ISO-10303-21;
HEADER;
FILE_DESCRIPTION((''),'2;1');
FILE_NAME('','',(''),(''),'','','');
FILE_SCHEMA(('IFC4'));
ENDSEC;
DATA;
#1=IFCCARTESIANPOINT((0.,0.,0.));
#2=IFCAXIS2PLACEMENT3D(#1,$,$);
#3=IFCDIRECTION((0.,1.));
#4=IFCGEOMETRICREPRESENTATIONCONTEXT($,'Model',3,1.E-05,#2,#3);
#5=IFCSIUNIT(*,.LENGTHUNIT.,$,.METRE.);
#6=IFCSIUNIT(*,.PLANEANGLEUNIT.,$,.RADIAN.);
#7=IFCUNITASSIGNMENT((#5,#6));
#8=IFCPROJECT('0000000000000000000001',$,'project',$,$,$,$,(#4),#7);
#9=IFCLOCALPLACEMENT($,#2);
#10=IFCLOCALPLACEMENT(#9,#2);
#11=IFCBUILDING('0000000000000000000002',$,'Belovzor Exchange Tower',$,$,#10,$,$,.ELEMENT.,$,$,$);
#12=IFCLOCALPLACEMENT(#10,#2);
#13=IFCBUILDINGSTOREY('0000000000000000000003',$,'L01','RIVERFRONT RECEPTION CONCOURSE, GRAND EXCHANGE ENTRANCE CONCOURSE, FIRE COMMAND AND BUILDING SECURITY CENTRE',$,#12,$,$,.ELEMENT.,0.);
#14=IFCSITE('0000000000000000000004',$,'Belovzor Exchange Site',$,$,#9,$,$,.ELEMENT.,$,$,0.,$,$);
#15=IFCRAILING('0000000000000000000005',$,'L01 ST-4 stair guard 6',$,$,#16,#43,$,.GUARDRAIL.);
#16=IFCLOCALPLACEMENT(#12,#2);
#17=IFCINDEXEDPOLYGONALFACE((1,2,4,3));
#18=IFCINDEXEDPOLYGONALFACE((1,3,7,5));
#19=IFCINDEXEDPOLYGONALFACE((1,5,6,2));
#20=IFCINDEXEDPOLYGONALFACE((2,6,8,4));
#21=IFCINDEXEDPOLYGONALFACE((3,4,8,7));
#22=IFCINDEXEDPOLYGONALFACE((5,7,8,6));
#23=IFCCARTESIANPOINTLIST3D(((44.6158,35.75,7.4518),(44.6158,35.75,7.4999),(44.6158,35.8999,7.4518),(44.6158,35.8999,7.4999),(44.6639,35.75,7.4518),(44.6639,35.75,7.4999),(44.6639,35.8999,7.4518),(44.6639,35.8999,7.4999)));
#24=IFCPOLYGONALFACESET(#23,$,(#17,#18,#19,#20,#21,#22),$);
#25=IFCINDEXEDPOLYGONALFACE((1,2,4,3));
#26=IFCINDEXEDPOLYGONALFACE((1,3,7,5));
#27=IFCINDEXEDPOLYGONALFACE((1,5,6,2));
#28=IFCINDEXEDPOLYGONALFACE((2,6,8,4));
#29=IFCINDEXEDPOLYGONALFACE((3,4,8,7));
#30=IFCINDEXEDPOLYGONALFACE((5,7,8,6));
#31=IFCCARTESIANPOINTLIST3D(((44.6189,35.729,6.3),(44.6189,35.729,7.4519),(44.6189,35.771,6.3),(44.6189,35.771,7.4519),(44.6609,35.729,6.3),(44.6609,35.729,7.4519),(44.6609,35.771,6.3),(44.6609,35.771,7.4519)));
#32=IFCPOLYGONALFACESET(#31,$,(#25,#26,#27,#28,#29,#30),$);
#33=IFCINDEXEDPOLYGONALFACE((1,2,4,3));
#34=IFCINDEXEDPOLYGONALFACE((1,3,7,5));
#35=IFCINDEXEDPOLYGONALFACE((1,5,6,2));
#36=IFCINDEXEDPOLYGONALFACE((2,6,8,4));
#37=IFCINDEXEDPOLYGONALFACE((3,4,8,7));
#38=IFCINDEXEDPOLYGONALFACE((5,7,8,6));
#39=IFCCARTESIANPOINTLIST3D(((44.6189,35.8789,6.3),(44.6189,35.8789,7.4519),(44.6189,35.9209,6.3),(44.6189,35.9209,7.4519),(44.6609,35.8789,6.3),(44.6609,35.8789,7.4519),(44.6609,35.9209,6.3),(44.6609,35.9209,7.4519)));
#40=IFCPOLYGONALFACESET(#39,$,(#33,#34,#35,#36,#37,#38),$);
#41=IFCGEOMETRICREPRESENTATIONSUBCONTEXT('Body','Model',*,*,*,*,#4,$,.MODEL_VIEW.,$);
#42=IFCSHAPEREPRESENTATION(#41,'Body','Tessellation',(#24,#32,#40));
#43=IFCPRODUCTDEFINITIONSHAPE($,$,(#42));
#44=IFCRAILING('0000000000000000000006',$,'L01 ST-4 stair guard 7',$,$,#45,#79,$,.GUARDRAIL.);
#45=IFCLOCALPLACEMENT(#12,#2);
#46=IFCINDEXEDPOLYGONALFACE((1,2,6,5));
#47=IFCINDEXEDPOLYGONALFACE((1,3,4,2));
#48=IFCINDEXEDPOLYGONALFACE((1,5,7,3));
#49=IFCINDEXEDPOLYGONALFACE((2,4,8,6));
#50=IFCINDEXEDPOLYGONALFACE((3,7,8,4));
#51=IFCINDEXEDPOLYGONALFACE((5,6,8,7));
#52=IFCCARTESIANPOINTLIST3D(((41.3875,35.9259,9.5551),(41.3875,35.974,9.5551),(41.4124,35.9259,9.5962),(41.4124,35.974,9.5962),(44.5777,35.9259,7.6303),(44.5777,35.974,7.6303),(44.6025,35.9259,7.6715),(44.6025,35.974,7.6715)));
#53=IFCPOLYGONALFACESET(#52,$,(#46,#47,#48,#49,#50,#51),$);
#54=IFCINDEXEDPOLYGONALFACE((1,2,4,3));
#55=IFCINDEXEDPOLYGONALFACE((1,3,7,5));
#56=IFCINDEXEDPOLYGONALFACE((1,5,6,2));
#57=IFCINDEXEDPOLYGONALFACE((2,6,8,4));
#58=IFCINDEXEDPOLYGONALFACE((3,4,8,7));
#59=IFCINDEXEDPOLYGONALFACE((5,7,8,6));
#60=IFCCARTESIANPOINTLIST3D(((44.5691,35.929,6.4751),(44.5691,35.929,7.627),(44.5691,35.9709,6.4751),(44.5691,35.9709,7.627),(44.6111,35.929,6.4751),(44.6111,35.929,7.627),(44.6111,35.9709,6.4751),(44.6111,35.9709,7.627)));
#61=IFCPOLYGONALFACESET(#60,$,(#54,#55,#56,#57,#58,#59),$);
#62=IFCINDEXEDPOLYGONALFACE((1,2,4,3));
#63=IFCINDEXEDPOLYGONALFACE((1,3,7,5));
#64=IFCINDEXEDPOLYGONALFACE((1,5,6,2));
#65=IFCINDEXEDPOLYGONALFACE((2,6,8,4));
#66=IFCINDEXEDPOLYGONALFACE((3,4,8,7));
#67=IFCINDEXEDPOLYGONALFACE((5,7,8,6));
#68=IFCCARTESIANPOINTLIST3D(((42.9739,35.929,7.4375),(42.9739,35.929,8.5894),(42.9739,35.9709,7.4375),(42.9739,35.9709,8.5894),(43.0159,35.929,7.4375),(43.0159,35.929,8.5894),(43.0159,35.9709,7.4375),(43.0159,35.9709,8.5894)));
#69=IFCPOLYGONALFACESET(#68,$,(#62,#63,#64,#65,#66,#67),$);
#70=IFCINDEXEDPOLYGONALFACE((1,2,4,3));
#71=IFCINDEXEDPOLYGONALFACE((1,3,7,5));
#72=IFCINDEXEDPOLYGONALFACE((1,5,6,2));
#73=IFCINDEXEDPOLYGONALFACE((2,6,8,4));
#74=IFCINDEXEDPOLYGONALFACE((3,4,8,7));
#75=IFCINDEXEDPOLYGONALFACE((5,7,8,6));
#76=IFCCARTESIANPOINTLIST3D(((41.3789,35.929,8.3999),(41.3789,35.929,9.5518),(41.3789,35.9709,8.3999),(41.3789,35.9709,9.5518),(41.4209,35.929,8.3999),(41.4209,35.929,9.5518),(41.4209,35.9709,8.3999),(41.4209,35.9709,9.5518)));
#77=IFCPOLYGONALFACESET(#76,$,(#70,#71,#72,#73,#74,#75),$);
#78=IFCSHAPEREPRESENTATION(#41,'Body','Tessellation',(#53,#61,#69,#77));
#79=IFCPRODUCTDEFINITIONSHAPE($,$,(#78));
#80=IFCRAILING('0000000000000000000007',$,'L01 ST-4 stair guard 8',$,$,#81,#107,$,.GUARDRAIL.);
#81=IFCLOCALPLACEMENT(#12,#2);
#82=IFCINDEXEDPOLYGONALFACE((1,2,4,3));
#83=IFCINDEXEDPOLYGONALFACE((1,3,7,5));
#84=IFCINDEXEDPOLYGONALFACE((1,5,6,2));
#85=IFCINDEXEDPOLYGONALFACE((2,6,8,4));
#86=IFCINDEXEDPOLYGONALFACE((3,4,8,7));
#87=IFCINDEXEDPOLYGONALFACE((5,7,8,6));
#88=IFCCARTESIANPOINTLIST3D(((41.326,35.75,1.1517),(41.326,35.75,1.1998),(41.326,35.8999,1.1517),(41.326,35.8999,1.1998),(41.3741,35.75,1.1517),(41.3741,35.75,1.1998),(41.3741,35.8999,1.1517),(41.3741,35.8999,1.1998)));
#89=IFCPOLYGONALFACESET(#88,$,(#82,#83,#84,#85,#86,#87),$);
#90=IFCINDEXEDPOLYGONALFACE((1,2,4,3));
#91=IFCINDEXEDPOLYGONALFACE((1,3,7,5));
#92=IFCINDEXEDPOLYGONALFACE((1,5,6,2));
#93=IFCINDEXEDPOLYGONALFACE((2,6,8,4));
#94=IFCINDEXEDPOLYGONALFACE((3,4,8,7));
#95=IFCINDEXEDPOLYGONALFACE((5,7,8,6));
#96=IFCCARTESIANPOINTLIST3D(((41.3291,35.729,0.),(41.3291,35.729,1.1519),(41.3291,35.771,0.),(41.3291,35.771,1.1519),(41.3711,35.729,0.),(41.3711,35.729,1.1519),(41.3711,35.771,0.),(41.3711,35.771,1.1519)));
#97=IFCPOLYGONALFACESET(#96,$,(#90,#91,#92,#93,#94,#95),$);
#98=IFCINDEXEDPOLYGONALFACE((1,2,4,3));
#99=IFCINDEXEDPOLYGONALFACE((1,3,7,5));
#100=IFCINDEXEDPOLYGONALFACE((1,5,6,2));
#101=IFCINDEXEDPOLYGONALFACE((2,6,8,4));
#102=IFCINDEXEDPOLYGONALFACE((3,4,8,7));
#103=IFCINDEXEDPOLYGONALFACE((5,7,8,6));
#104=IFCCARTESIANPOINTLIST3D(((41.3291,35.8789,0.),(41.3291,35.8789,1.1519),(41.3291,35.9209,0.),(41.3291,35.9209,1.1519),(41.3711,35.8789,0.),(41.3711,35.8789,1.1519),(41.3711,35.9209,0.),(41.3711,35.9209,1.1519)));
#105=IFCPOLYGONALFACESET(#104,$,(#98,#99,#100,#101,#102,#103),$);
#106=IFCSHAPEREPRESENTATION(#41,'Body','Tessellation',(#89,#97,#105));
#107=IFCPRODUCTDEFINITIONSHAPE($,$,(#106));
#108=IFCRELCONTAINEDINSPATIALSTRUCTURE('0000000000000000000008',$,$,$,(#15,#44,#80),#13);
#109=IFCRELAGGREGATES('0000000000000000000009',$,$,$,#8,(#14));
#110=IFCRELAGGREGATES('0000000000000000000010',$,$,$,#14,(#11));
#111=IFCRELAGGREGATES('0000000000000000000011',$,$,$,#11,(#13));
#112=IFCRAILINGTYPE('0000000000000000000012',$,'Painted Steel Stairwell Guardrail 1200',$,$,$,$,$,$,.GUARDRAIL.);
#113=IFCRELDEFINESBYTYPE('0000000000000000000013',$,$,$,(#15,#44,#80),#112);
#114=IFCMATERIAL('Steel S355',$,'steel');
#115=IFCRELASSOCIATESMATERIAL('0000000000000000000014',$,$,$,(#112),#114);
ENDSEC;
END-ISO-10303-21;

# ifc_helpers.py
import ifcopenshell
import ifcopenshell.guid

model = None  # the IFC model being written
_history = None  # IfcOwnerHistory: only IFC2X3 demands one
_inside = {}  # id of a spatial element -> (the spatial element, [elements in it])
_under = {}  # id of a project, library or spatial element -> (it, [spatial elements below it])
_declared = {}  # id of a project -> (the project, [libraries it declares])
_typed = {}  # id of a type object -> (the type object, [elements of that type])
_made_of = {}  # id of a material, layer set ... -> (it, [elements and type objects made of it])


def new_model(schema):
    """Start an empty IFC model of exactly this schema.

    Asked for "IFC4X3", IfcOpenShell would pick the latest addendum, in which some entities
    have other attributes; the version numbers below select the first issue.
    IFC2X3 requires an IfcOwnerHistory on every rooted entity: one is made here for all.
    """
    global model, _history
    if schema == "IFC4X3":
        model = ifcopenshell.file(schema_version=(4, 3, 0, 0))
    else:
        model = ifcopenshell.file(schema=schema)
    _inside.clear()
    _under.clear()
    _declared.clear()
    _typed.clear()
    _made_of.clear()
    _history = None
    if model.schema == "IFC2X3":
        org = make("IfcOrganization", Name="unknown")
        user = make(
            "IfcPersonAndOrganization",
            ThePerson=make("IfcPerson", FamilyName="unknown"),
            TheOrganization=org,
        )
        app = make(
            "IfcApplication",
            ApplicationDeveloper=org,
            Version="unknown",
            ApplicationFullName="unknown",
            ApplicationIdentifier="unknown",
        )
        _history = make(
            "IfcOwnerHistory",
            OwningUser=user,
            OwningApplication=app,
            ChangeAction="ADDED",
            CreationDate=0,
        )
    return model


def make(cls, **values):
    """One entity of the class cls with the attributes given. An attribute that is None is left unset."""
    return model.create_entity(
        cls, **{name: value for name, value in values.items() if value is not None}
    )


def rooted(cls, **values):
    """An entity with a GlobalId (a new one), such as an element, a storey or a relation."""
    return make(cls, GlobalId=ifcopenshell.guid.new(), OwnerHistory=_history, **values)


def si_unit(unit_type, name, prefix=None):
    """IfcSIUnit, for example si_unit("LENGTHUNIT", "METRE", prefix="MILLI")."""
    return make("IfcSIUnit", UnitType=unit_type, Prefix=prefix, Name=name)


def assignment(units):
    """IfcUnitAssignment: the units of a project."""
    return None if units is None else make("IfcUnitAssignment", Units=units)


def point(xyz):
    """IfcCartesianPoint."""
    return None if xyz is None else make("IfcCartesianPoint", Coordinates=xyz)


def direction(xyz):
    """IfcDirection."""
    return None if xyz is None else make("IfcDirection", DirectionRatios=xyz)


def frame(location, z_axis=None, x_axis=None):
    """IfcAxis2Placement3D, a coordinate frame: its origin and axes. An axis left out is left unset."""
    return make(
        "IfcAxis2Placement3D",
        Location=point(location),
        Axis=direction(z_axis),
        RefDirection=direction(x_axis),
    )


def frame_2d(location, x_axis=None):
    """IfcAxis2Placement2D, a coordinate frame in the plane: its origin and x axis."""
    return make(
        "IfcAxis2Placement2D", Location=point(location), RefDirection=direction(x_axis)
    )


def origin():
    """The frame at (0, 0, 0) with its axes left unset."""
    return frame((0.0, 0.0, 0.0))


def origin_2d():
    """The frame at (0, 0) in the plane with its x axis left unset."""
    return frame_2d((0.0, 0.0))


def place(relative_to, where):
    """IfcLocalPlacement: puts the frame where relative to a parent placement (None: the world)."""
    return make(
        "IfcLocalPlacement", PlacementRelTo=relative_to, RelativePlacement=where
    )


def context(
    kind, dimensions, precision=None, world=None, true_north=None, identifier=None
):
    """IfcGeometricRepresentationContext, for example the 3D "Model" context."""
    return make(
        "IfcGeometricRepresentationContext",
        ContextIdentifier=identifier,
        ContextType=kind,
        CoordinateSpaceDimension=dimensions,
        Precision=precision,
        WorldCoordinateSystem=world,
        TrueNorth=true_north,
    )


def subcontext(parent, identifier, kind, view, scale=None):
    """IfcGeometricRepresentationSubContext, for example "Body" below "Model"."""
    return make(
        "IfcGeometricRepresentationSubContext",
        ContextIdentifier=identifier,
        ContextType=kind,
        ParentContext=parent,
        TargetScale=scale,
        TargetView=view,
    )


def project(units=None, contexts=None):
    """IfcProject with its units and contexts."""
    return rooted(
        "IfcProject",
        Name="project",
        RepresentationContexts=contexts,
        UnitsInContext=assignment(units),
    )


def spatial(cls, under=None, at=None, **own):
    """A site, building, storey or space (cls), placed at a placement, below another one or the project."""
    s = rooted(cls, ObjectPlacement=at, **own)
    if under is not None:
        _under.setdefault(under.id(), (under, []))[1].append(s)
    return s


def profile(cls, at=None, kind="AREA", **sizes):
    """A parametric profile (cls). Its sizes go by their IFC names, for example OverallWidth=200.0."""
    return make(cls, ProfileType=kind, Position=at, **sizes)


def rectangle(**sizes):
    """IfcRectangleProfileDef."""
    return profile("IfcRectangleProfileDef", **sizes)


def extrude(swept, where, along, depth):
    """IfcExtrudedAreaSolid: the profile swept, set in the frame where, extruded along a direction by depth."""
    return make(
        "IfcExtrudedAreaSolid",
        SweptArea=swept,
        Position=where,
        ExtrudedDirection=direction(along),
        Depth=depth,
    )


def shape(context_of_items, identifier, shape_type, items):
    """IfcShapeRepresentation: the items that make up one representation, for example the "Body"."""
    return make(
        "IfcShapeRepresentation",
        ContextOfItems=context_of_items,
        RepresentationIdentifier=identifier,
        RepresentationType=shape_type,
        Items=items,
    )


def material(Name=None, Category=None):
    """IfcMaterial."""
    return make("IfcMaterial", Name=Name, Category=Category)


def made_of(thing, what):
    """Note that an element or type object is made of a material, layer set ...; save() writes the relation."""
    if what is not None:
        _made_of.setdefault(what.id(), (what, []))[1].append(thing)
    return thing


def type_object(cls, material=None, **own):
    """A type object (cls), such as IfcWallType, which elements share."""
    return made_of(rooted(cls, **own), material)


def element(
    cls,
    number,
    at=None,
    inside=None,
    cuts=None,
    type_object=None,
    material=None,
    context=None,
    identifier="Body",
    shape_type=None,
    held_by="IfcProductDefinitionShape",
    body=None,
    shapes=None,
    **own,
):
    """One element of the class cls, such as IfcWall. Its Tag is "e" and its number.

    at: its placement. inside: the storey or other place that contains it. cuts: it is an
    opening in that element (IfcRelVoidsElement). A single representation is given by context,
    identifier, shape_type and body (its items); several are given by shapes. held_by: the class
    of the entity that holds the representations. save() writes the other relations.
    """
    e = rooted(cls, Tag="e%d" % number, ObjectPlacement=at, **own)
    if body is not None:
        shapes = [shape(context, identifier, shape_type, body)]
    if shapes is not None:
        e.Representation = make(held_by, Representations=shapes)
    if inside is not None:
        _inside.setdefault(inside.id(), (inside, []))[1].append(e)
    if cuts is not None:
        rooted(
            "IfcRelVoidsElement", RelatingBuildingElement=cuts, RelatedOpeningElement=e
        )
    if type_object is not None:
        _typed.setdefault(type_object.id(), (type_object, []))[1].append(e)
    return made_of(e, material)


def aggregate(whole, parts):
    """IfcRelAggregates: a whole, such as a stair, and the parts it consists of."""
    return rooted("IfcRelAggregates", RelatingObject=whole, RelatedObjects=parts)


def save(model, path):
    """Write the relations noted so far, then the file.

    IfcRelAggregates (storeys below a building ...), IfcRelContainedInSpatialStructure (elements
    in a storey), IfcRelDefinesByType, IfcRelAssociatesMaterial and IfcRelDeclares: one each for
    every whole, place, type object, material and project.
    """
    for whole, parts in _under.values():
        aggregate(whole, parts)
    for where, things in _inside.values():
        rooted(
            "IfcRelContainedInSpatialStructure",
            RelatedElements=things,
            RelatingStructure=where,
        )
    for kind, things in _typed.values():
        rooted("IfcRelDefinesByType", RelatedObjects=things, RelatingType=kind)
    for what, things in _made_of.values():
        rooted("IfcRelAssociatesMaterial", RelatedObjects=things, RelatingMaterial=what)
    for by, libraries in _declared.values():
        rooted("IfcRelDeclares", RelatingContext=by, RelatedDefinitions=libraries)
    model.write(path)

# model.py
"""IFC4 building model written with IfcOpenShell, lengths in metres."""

from ifc_helpers import new_model, si_unit, direction, frame, origin, origin_2d, place, context, subcontext, project, spatial, rectangle, extrude, material, type_object, element, save


model = new_model("IFC4")

# Units and contexts
model_context = context("Model", 3, precision=1e-05, world=origin(), true_north=direction((0.0, 1.0)))
body_context = subcontext(model_context, "Body", "Model", "MODEL_VIEW")
ifc_project = project(units=[si_unit("LENGTHUNIT", "METRE"), si_unit("PLANEANGLEUNIT", "RADIAN")], contexts=[model_context])

# Site, building, storey
site_placement = place(None, origin())
site = spatial("IfcSite", under=ifc_project, at=site_placement, Name="Belovzor Exchange Site", CompositionType="ELEMENT", RefElevation=0.0)
building_placement = place(site_placement, origin())
building = spatial("IfcBuilding", under=site, at=building_placement, Name="Belovzor Exchange Tower", CompositionType="ELEMENT")
storey_placement = place(building_placement, origin())
storey = spatial("IfcBuildingStorey", under=building, at=storey_placement, Name="L01", Description="RIVERFRONT RECEPTION CONCOURSE, GRAND EXCHANGE ENTRANCE CONCOURSE, FIRE COMMAND AND BUILDING SECURITY CENTRE", CompositionType="ELEMENT", Elevation=0.0)

# Railings
ifc_material_1 = material(Name="Steel S355", Category="steel")
railing_type_1 = type_object("IfcRailingType", Name="Painted Steel Stairwell Guardrail 1200", PredefinedType="GUARDRAIL", material=ifc_material_1)
railing_1_placement = place(storey_placement, frame((44.6399, 35.75, 6.3)))
element("IfcRailing", 1, at=railing_1_placement, inside=storey, type_object=railing_type_1, Name="L01 ST-4 stair guard 6", PredefinedType="GUARDRAIL", context=body_context, shape_type="SweptSolid", body=[
    extrude(rectangle(XDim=0.0481, YDim=0.0481, at=origin_2d()), frame((0.0, 0.0, 1.1758), z_axis=(0.0, 1.0, 0.0), x_axis=(-1.0, 0.0, 0.0)), (0.0, 0.0, 1.0), 0.1499),
    extrude(rectangle(XDim=0.042, YDim=0.042, at=origin_2d()), origin(), (0.0, 0.0, 1.0), 1.1519),
    extrude(rectangle(XDim=0.042, YDim=0.042, at=origin_2d()), frame((0.0, 0.1499, 0.0)), (0.0, 0.0, 1.0), 1.1519),
])
railing_2_placement = place(storey_placement, frame((44.5901, 35.95, 6.4751)))
element("IfcRailing", 2, at=railing_2_placement, inside=storey, type_object=railing_type_1, Name="L01 ST-4 stair guard 7", PredefinedType="GUARDRAIL", context=body_context, shape_type="SweptSolid", body=[
    extrude(rectangle(XDim=0.0481, YDim=0.0481, at=origin_2d()), frame((0.0, 0.0, 1.1758), z_axis=(-0.856224, 0.0, 0.516605), x_axis=(0.0, -1.0, 0.0)), (0.0, 0.0, 1.0), 3.7258),
    extrude(rectangle(XDim=0.042, YDim=0.042, at=origin_2d()), origin(), (0.0, 0.0, 1.0), 1.1519),
    extrude(rectangle(XDim=0.042, YDim=0.042, at=origin_2d()), frame((-1.5952, 0.0, 0.9624)), (0.0, 0.0, 1.0), 1.1519),
    extrude(rectangle(XDim=0.042, YDim=0.042, at=origin_2d()), frame((-3.1902, 0.0, 1.9248)), (0.0, 0.0, 1.0), 1.1519),
])
railing_3_placement = place(storey_placement, frame((41.3501, 35.75, 0.0)))
element("IfcRailing", 3, at=railing_3_placement, inside=storey, type_object=railing_type_1, Name="L01 ST-4 stair guard 8", PredefinedType="GUARDRAIL", context=body_context, shape_type="SweptSolid", body=[
    extrude(rectangle(XDim=0.0481, YDim=0.0481, at=origin_2d()), frame((0.0, 0.0, 1.1758), z_axis=(0.0, 1.0, 0.0), x_axis=(-1.0, 0.0, 0.0)), (0.0, 0.0, 1.0), 0.1499),
    extrude(rectangle(XDim=0.042, YDim=0.042, at=origin_2d()), origin(), (0.0, 0.0, 1.0), 1.1519),
    extrude(rectangle(XDim=0.042, YDim=0.042, at=origin_2d()), frame((0.0, 0.1499, 0.0)), (0.0, 0.0, 1.0), 1.1519),
])

save(model, "model.ifc")
